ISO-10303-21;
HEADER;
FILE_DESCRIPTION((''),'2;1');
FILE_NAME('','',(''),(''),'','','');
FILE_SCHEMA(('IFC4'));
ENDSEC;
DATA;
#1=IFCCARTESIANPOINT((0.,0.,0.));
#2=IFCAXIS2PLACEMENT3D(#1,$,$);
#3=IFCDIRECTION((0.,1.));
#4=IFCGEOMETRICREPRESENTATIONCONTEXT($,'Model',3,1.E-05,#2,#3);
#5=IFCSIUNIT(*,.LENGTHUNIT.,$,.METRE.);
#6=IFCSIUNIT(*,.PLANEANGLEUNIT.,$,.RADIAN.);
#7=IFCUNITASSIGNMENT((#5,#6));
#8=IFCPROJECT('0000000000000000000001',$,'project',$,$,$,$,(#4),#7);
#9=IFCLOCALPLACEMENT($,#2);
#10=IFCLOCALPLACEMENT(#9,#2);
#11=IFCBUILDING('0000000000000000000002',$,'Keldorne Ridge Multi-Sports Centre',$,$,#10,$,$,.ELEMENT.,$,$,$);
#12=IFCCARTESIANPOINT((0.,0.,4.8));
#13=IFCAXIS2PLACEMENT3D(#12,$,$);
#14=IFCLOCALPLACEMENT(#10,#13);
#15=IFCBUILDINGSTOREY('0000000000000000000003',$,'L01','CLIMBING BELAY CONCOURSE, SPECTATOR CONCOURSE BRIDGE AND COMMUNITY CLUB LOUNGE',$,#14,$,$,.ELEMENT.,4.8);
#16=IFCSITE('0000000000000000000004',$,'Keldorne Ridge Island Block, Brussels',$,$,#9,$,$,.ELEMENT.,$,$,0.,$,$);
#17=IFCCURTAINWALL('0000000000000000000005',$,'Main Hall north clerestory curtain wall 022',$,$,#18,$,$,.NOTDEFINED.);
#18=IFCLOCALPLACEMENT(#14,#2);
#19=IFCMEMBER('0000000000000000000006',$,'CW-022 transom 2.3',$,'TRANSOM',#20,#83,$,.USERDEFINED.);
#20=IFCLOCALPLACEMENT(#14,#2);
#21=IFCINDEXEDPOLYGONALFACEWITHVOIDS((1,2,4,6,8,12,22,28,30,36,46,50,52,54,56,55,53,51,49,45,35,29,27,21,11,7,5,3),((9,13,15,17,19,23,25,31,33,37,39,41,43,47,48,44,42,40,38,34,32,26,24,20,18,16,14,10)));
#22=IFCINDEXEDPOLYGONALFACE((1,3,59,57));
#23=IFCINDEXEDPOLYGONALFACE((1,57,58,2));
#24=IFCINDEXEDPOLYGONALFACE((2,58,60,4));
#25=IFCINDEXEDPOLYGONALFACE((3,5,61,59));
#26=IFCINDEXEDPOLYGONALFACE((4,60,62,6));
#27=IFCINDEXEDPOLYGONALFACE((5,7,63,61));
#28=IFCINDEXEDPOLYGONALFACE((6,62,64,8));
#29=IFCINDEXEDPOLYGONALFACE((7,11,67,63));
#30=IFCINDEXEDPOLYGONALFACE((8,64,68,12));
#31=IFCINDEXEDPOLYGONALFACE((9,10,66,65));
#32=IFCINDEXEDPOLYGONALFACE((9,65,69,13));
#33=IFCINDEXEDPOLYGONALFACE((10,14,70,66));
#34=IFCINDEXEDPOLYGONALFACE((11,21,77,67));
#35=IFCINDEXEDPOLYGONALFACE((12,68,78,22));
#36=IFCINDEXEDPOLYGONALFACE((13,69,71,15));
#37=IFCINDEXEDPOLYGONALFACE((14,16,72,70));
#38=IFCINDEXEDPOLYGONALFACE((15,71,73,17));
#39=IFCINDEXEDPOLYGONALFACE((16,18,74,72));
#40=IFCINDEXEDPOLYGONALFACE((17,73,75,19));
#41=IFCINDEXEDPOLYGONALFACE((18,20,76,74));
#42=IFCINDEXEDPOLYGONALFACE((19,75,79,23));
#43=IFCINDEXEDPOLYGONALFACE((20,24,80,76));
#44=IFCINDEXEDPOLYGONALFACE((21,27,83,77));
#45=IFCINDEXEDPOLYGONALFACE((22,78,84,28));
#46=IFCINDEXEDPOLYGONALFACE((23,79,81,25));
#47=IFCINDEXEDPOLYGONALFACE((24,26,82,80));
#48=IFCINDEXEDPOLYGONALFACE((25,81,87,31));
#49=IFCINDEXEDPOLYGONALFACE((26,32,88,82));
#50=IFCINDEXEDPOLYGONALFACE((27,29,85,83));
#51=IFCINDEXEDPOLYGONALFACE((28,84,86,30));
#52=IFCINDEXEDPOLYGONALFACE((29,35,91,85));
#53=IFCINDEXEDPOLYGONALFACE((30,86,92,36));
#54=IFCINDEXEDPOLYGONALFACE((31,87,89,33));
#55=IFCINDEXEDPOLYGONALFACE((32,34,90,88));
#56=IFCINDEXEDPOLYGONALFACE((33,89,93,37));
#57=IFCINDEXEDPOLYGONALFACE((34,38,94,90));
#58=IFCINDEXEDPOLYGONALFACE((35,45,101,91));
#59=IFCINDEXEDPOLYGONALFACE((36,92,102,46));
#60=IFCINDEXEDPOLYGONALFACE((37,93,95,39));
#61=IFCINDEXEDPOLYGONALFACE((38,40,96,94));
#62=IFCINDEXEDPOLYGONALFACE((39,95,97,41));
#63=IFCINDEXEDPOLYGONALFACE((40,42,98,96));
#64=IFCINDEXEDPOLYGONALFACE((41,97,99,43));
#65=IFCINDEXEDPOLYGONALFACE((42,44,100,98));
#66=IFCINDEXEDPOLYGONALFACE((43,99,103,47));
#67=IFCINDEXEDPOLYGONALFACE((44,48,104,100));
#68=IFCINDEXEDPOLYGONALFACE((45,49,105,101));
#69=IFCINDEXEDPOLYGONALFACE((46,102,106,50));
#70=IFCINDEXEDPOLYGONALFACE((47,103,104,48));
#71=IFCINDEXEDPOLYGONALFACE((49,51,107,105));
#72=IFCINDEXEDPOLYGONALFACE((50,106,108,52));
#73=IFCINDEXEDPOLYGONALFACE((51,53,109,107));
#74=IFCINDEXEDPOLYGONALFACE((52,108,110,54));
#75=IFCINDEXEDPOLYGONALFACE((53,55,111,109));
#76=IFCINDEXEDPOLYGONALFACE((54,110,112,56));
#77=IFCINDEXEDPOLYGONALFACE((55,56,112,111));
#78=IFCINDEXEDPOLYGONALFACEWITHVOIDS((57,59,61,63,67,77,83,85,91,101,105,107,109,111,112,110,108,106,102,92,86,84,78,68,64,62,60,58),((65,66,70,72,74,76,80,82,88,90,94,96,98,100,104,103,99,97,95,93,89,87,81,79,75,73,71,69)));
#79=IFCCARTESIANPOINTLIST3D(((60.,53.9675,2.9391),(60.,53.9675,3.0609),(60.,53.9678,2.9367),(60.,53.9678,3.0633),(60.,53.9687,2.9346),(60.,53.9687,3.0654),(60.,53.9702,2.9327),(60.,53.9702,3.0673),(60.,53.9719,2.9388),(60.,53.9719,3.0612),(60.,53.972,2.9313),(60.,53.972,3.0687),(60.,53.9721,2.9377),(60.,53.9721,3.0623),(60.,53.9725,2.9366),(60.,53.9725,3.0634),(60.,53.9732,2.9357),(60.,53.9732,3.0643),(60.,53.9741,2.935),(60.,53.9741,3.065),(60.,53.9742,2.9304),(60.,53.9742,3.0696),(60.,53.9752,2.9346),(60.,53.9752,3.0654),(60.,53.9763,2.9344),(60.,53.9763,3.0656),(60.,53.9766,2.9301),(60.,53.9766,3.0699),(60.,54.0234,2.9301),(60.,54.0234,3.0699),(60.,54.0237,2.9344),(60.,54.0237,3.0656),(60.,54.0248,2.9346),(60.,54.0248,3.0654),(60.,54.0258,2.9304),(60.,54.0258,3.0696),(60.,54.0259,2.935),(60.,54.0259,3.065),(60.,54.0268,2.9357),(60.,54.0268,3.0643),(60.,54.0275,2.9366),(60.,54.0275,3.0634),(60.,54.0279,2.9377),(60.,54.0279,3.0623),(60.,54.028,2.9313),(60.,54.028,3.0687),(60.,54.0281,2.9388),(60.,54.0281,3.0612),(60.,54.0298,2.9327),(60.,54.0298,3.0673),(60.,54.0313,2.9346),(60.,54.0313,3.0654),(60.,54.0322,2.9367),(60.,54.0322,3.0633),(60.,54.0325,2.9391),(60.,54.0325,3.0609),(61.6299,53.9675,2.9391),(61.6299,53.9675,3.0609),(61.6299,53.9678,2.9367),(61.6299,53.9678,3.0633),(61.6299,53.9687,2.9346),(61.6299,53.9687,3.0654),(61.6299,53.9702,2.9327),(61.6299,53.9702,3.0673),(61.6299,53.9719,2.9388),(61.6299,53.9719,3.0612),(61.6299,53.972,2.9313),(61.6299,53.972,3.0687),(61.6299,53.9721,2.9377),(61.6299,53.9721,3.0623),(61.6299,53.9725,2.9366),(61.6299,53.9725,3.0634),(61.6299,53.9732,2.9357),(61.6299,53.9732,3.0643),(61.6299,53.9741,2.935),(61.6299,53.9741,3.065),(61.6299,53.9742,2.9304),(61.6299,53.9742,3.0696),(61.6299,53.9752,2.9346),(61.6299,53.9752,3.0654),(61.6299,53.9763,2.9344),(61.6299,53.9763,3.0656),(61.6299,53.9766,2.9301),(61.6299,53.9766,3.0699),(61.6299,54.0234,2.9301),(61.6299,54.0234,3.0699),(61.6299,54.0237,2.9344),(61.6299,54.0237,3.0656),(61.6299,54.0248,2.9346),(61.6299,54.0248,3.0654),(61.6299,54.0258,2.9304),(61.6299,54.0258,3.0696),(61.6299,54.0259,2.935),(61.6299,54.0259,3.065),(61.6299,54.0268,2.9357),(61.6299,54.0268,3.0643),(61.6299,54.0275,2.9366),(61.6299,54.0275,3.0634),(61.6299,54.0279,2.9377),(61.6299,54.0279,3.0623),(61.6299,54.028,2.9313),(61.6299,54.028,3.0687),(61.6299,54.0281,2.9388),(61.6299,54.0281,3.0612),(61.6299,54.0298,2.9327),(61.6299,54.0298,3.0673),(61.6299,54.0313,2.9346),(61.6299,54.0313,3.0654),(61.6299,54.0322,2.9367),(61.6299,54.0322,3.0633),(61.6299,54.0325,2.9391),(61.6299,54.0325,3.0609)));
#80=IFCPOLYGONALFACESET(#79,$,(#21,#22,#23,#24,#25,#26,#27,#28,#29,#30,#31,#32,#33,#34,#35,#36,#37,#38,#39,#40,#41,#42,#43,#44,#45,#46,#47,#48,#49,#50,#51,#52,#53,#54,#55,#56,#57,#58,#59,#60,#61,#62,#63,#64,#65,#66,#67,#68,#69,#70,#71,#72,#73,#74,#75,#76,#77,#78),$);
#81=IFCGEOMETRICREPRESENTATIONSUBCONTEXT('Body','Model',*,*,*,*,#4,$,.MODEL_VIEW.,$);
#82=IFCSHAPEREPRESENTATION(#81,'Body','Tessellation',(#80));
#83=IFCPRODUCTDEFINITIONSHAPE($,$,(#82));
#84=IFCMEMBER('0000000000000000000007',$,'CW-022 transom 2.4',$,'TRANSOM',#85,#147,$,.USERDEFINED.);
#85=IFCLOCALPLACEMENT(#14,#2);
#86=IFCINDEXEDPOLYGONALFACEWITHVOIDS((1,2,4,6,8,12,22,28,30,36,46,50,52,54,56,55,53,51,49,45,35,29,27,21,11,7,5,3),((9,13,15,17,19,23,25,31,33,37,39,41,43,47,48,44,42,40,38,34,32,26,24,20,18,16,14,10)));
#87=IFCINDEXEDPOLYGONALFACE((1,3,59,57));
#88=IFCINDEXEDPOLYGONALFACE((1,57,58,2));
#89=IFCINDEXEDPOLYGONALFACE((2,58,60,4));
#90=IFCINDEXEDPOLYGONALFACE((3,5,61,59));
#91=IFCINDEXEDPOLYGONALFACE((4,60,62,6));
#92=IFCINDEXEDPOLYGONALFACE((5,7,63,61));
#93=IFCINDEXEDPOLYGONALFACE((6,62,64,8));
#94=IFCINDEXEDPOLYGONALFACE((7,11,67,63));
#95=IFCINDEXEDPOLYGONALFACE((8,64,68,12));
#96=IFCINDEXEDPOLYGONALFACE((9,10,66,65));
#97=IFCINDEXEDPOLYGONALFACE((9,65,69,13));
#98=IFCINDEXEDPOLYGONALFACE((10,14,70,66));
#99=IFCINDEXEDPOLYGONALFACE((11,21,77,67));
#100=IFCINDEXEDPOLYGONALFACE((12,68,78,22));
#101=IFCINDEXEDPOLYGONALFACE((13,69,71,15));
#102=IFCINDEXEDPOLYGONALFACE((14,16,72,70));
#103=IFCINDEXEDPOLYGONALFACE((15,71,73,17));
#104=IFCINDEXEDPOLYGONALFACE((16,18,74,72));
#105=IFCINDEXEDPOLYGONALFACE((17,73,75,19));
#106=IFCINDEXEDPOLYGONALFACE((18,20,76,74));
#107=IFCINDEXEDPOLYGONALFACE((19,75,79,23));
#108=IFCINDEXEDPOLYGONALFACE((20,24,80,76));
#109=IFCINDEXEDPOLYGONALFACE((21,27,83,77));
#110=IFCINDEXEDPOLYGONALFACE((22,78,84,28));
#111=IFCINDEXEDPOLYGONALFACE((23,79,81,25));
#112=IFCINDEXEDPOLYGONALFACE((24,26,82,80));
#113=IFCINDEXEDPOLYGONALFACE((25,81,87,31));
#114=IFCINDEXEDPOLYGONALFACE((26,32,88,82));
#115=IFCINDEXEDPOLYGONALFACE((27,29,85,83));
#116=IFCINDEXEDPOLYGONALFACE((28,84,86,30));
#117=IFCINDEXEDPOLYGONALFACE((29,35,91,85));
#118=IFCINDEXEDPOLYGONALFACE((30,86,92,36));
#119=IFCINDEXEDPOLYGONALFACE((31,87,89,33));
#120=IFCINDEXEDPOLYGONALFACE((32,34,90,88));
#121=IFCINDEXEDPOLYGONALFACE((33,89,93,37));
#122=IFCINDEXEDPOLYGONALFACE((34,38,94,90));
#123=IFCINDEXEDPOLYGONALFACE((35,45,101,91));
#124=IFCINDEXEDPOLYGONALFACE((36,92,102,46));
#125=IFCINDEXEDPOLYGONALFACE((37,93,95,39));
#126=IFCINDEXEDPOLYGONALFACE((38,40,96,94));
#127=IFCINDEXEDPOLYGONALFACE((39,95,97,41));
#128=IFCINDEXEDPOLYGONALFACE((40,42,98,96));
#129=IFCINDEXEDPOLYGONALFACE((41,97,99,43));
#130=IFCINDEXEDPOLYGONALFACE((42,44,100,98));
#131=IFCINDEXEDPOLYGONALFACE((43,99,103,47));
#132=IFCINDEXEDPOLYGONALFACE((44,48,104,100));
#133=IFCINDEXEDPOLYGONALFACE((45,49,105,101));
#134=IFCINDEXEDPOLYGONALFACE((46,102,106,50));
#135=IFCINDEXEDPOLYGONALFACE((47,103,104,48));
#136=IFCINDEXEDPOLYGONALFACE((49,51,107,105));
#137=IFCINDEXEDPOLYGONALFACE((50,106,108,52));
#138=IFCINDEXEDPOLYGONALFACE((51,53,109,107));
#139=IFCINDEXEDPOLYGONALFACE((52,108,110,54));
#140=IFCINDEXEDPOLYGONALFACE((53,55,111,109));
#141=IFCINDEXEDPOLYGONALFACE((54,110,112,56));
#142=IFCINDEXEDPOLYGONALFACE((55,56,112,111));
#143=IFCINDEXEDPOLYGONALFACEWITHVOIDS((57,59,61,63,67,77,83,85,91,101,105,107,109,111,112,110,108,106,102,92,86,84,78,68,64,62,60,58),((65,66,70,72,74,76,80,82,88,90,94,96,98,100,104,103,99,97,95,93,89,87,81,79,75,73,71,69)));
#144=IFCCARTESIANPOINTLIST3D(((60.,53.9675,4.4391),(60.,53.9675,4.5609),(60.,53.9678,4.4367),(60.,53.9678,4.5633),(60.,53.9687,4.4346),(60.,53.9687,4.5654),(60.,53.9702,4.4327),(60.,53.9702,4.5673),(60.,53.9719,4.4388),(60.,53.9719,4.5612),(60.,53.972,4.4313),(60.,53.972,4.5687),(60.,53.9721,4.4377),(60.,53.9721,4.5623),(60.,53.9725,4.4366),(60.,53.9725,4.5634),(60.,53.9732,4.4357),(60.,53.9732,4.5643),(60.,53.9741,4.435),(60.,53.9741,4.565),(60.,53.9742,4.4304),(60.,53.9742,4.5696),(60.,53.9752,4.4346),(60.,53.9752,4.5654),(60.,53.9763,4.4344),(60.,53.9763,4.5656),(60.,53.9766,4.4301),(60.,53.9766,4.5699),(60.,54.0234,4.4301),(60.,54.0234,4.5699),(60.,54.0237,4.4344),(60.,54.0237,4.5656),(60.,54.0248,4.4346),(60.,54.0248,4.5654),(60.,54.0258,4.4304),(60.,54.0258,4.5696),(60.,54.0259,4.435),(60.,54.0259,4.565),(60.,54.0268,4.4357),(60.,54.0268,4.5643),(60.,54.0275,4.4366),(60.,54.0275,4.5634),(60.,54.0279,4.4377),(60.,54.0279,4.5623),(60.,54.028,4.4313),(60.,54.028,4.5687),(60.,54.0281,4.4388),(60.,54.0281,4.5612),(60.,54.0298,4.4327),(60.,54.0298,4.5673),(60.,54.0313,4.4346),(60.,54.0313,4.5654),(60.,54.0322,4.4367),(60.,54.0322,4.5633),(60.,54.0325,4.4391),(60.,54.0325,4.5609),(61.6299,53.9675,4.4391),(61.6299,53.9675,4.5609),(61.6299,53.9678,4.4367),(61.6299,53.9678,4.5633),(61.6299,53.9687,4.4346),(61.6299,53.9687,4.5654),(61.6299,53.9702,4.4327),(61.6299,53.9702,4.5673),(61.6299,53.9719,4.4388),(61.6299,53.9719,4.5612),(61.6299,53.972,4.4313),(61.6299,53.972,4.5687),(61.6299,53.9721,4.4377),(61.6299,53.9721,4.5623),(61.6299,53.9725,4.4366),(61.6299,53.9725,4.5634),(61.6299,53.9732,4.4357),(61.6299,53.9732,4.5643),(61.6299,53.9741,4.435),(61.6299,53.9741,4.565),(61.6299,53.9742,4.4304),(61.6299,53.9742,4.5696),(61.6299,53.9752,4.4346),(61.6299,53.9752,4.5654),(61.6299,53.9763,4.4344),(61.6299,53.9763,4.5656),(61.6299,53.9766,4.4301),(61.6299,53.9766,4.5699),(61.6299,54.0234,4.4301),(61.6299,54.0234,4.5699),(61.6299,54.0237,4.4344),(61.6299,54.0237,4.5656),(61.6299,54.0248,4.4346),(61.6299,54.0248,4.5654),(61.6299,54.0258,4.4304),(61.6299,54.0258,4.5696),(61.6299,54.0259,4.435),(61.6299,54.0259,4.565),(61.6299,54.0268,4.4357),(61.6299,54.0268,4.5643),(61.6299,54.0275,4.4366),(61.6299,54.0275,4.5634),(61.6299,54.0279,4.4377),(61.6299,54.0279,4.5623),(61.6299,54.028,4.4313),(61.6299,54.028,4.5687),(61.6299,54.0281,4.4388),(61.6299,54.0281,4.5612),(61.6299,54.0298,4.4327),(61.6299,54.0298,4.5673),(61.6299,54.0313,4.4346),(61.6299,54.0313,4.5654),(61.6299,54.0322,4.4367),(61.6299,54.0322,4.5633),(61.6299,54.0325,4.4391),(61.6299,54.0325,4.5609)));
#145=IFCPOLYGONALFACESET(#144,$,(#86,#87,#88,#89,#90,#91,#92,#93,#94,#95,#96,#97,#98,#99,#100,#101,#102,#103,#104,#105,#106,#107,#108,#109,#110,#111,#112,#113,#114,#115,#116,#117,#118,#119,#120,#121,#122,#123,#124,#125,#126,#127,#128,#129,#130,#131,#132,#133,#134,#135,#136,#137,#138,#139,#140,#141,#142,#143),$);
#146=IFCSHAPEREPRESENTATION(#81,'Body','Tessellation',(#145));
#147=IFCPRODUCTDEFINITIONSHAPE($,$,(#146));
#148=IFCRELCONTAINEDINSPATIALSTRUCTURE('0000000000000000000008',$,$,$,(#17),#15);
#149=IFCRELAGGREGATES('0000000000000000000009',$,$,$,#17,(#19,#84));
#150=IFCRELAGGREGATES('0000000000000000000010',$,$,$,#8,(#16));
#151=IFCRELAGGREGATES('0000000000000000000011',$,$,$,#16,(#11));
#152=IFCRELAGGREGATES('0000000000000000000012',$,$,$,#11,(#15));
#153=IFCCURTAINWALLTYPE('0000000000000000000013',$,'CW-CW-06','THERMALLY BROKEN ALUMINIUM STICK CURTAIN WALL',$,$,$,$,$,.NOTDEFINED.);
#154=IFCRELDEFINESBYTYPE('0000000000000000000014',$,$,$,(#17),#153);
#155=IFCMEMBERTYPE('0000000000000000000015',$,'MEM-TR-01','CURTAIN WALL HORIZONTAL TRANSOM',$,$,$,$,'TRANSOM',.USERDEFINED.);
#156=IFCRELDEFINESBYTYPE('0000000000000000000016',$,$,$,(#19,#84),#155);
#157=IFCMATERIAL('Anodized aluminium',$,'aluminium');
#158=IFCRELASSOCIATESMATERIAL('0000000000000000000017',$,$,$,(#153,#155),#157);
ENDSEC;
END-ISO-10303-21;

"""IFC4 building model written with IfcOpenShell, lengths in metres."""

from ifc_helpers import new_model, si_unit, direction, frame, origin, origin_2d, place, context, subcontext, project, spatial, hollow_rectangle, extrude, material, material_profile, profile_set, type_object, element, aggregate, save


model = new_model("IFC4")

# Units and contexts
model_context = context("Model", 3, precision=1e-05, world=origin(), true_north=direction((0.0, 1.0)))
body_context = subcontext(model_context, "Body", "Model", "MODEL_VIEW")
ifc_project = project(units=[si_unit("LENGTHUNIT", "METRE"), si_unit("PLANEANGLEUNIT", "RADIAN")], contexts=[model_context])

# Site, building, storey
site_placement = place(None, origin())
site = spatial("IfcSite", under=ifc_project, at=site_placement, Name="Keldorne Ridge Island Block, Brussels", CompositionType="ELEMENT", RefElevation=0.0)
building_placement = place(site_placement, origin())
building = spatial("IfcBuilding", under=site, at=building_placement, Name="Keldorne Ridge Multi-Sports Centre", CompositionType="ELEMENT")
storey_placement = place(building_placement, frame((0.0, 0.0, 4.8)))
storey = spatial("IfcBuildingStorey", under=building, at=storey_placement, Name="L01", Description="CLIMBING BELAY CONCOURSE, SPECTATOR CONCOURSE BRIDGE AND COMMUNITY CLUB LOUNGE", CompositionType="ELEMENT", Elevation=4.8)

# Curtain wall
ifc_material_1 = material(Name="Anodized aluminium", Category="aluminium")
curtain_wall_type_1 = type_object("IfcCurtainWallType", Name="CW-CW-06", Description="THERMALLY BROKEN ALUMINIUM STICK CURTAIN WALL", PredefinedType="NOTDEFINED", material=ifc_material_1)
curtain_wall_1_placement = place(storey_placement, origin())
curtain_wall_1 = element("IfcCurtainWall", 1, at=curtain_wall_1_placement, inside=storey, type_object=curtain_wall_type_1, Name="Main Hall north clerestory curtain wall 022", PredefinedType="NOTDEFINED")

# Members
ifc_material_profile_1 = material_profile(ifc_material_1, hollow_rectangle(XDim=0.0649, YDim=0.1399, WallThickness=0.0044, InnerFilletRadius=0.0044, OuterFilletRadius=0.009, at=origin_2d()), Name="ALU TRANSOM 140x65x4.5")
ifc_profile_set_1 = profile_set([ifc_material_profile_1], Name="Anodized aluminium")
member_type_1 = type_object("IfcMemberType", Name="MEM-TR-01", Description="CURTAIN WALL HORIZONTAL TRANSOM", ElementType="TRANSOM", PredefinedType="USERDEFINED", material=ifc_profile_set_1)
member_1_placement = place(storey_placement, frame((61.6299, 54.0, 3.0), z_axis=(-1.0, 0.0, 0.0), x_axis=(0.0, -1.0, 0.0)))
member_1 = element("IfcMember", 2, at=member_1_placement, type_object=member_type_1, Name="CW-022 transom 2.3", ObjectType="TRANSOM", PredefinedType="USERDEFINED", context=body_context, shape_type="SweptSolid", body=[
    extrude(hollow_rectangle(XDim=0.0649, YDim=0.1399, WallThickness=0.0044, InnerFilletRadius=0.0044, OuterFilletRadius=0.009, at=origin_2d()), origin(), (0.0, 0.0, 1.0), 1.6299),
])
member_2_placement = place(storey_placement, frame((61.6299, 54.0, 4.5), z_axis=(-1.0, 0.0, 0.0), x_axis=(0.0, -1.0, 0.0)))
member_2 = element("IfcMember", 3, at=member_2_placement, type_object=member_type_1, Name="CW-022 transom 2.4", ObjectType="TRANSOM", PredefinedType="USERDEFINED", context=body_context, shape_type="SweptSolid", body=[
    extrude(hollow_rectangle(XDim=0.0649, YDim=0.1399, WallThickness=0.0044, InnerFilletRadius=0.0044, OuterFilletRadius=0.009, at=origin_2d()), origin(), (0.0, 0.0, 1.0), 1.6299),
])

aggregate(curtain_wall_1, [member_1, member_2])

save(model, "model.ifc")
